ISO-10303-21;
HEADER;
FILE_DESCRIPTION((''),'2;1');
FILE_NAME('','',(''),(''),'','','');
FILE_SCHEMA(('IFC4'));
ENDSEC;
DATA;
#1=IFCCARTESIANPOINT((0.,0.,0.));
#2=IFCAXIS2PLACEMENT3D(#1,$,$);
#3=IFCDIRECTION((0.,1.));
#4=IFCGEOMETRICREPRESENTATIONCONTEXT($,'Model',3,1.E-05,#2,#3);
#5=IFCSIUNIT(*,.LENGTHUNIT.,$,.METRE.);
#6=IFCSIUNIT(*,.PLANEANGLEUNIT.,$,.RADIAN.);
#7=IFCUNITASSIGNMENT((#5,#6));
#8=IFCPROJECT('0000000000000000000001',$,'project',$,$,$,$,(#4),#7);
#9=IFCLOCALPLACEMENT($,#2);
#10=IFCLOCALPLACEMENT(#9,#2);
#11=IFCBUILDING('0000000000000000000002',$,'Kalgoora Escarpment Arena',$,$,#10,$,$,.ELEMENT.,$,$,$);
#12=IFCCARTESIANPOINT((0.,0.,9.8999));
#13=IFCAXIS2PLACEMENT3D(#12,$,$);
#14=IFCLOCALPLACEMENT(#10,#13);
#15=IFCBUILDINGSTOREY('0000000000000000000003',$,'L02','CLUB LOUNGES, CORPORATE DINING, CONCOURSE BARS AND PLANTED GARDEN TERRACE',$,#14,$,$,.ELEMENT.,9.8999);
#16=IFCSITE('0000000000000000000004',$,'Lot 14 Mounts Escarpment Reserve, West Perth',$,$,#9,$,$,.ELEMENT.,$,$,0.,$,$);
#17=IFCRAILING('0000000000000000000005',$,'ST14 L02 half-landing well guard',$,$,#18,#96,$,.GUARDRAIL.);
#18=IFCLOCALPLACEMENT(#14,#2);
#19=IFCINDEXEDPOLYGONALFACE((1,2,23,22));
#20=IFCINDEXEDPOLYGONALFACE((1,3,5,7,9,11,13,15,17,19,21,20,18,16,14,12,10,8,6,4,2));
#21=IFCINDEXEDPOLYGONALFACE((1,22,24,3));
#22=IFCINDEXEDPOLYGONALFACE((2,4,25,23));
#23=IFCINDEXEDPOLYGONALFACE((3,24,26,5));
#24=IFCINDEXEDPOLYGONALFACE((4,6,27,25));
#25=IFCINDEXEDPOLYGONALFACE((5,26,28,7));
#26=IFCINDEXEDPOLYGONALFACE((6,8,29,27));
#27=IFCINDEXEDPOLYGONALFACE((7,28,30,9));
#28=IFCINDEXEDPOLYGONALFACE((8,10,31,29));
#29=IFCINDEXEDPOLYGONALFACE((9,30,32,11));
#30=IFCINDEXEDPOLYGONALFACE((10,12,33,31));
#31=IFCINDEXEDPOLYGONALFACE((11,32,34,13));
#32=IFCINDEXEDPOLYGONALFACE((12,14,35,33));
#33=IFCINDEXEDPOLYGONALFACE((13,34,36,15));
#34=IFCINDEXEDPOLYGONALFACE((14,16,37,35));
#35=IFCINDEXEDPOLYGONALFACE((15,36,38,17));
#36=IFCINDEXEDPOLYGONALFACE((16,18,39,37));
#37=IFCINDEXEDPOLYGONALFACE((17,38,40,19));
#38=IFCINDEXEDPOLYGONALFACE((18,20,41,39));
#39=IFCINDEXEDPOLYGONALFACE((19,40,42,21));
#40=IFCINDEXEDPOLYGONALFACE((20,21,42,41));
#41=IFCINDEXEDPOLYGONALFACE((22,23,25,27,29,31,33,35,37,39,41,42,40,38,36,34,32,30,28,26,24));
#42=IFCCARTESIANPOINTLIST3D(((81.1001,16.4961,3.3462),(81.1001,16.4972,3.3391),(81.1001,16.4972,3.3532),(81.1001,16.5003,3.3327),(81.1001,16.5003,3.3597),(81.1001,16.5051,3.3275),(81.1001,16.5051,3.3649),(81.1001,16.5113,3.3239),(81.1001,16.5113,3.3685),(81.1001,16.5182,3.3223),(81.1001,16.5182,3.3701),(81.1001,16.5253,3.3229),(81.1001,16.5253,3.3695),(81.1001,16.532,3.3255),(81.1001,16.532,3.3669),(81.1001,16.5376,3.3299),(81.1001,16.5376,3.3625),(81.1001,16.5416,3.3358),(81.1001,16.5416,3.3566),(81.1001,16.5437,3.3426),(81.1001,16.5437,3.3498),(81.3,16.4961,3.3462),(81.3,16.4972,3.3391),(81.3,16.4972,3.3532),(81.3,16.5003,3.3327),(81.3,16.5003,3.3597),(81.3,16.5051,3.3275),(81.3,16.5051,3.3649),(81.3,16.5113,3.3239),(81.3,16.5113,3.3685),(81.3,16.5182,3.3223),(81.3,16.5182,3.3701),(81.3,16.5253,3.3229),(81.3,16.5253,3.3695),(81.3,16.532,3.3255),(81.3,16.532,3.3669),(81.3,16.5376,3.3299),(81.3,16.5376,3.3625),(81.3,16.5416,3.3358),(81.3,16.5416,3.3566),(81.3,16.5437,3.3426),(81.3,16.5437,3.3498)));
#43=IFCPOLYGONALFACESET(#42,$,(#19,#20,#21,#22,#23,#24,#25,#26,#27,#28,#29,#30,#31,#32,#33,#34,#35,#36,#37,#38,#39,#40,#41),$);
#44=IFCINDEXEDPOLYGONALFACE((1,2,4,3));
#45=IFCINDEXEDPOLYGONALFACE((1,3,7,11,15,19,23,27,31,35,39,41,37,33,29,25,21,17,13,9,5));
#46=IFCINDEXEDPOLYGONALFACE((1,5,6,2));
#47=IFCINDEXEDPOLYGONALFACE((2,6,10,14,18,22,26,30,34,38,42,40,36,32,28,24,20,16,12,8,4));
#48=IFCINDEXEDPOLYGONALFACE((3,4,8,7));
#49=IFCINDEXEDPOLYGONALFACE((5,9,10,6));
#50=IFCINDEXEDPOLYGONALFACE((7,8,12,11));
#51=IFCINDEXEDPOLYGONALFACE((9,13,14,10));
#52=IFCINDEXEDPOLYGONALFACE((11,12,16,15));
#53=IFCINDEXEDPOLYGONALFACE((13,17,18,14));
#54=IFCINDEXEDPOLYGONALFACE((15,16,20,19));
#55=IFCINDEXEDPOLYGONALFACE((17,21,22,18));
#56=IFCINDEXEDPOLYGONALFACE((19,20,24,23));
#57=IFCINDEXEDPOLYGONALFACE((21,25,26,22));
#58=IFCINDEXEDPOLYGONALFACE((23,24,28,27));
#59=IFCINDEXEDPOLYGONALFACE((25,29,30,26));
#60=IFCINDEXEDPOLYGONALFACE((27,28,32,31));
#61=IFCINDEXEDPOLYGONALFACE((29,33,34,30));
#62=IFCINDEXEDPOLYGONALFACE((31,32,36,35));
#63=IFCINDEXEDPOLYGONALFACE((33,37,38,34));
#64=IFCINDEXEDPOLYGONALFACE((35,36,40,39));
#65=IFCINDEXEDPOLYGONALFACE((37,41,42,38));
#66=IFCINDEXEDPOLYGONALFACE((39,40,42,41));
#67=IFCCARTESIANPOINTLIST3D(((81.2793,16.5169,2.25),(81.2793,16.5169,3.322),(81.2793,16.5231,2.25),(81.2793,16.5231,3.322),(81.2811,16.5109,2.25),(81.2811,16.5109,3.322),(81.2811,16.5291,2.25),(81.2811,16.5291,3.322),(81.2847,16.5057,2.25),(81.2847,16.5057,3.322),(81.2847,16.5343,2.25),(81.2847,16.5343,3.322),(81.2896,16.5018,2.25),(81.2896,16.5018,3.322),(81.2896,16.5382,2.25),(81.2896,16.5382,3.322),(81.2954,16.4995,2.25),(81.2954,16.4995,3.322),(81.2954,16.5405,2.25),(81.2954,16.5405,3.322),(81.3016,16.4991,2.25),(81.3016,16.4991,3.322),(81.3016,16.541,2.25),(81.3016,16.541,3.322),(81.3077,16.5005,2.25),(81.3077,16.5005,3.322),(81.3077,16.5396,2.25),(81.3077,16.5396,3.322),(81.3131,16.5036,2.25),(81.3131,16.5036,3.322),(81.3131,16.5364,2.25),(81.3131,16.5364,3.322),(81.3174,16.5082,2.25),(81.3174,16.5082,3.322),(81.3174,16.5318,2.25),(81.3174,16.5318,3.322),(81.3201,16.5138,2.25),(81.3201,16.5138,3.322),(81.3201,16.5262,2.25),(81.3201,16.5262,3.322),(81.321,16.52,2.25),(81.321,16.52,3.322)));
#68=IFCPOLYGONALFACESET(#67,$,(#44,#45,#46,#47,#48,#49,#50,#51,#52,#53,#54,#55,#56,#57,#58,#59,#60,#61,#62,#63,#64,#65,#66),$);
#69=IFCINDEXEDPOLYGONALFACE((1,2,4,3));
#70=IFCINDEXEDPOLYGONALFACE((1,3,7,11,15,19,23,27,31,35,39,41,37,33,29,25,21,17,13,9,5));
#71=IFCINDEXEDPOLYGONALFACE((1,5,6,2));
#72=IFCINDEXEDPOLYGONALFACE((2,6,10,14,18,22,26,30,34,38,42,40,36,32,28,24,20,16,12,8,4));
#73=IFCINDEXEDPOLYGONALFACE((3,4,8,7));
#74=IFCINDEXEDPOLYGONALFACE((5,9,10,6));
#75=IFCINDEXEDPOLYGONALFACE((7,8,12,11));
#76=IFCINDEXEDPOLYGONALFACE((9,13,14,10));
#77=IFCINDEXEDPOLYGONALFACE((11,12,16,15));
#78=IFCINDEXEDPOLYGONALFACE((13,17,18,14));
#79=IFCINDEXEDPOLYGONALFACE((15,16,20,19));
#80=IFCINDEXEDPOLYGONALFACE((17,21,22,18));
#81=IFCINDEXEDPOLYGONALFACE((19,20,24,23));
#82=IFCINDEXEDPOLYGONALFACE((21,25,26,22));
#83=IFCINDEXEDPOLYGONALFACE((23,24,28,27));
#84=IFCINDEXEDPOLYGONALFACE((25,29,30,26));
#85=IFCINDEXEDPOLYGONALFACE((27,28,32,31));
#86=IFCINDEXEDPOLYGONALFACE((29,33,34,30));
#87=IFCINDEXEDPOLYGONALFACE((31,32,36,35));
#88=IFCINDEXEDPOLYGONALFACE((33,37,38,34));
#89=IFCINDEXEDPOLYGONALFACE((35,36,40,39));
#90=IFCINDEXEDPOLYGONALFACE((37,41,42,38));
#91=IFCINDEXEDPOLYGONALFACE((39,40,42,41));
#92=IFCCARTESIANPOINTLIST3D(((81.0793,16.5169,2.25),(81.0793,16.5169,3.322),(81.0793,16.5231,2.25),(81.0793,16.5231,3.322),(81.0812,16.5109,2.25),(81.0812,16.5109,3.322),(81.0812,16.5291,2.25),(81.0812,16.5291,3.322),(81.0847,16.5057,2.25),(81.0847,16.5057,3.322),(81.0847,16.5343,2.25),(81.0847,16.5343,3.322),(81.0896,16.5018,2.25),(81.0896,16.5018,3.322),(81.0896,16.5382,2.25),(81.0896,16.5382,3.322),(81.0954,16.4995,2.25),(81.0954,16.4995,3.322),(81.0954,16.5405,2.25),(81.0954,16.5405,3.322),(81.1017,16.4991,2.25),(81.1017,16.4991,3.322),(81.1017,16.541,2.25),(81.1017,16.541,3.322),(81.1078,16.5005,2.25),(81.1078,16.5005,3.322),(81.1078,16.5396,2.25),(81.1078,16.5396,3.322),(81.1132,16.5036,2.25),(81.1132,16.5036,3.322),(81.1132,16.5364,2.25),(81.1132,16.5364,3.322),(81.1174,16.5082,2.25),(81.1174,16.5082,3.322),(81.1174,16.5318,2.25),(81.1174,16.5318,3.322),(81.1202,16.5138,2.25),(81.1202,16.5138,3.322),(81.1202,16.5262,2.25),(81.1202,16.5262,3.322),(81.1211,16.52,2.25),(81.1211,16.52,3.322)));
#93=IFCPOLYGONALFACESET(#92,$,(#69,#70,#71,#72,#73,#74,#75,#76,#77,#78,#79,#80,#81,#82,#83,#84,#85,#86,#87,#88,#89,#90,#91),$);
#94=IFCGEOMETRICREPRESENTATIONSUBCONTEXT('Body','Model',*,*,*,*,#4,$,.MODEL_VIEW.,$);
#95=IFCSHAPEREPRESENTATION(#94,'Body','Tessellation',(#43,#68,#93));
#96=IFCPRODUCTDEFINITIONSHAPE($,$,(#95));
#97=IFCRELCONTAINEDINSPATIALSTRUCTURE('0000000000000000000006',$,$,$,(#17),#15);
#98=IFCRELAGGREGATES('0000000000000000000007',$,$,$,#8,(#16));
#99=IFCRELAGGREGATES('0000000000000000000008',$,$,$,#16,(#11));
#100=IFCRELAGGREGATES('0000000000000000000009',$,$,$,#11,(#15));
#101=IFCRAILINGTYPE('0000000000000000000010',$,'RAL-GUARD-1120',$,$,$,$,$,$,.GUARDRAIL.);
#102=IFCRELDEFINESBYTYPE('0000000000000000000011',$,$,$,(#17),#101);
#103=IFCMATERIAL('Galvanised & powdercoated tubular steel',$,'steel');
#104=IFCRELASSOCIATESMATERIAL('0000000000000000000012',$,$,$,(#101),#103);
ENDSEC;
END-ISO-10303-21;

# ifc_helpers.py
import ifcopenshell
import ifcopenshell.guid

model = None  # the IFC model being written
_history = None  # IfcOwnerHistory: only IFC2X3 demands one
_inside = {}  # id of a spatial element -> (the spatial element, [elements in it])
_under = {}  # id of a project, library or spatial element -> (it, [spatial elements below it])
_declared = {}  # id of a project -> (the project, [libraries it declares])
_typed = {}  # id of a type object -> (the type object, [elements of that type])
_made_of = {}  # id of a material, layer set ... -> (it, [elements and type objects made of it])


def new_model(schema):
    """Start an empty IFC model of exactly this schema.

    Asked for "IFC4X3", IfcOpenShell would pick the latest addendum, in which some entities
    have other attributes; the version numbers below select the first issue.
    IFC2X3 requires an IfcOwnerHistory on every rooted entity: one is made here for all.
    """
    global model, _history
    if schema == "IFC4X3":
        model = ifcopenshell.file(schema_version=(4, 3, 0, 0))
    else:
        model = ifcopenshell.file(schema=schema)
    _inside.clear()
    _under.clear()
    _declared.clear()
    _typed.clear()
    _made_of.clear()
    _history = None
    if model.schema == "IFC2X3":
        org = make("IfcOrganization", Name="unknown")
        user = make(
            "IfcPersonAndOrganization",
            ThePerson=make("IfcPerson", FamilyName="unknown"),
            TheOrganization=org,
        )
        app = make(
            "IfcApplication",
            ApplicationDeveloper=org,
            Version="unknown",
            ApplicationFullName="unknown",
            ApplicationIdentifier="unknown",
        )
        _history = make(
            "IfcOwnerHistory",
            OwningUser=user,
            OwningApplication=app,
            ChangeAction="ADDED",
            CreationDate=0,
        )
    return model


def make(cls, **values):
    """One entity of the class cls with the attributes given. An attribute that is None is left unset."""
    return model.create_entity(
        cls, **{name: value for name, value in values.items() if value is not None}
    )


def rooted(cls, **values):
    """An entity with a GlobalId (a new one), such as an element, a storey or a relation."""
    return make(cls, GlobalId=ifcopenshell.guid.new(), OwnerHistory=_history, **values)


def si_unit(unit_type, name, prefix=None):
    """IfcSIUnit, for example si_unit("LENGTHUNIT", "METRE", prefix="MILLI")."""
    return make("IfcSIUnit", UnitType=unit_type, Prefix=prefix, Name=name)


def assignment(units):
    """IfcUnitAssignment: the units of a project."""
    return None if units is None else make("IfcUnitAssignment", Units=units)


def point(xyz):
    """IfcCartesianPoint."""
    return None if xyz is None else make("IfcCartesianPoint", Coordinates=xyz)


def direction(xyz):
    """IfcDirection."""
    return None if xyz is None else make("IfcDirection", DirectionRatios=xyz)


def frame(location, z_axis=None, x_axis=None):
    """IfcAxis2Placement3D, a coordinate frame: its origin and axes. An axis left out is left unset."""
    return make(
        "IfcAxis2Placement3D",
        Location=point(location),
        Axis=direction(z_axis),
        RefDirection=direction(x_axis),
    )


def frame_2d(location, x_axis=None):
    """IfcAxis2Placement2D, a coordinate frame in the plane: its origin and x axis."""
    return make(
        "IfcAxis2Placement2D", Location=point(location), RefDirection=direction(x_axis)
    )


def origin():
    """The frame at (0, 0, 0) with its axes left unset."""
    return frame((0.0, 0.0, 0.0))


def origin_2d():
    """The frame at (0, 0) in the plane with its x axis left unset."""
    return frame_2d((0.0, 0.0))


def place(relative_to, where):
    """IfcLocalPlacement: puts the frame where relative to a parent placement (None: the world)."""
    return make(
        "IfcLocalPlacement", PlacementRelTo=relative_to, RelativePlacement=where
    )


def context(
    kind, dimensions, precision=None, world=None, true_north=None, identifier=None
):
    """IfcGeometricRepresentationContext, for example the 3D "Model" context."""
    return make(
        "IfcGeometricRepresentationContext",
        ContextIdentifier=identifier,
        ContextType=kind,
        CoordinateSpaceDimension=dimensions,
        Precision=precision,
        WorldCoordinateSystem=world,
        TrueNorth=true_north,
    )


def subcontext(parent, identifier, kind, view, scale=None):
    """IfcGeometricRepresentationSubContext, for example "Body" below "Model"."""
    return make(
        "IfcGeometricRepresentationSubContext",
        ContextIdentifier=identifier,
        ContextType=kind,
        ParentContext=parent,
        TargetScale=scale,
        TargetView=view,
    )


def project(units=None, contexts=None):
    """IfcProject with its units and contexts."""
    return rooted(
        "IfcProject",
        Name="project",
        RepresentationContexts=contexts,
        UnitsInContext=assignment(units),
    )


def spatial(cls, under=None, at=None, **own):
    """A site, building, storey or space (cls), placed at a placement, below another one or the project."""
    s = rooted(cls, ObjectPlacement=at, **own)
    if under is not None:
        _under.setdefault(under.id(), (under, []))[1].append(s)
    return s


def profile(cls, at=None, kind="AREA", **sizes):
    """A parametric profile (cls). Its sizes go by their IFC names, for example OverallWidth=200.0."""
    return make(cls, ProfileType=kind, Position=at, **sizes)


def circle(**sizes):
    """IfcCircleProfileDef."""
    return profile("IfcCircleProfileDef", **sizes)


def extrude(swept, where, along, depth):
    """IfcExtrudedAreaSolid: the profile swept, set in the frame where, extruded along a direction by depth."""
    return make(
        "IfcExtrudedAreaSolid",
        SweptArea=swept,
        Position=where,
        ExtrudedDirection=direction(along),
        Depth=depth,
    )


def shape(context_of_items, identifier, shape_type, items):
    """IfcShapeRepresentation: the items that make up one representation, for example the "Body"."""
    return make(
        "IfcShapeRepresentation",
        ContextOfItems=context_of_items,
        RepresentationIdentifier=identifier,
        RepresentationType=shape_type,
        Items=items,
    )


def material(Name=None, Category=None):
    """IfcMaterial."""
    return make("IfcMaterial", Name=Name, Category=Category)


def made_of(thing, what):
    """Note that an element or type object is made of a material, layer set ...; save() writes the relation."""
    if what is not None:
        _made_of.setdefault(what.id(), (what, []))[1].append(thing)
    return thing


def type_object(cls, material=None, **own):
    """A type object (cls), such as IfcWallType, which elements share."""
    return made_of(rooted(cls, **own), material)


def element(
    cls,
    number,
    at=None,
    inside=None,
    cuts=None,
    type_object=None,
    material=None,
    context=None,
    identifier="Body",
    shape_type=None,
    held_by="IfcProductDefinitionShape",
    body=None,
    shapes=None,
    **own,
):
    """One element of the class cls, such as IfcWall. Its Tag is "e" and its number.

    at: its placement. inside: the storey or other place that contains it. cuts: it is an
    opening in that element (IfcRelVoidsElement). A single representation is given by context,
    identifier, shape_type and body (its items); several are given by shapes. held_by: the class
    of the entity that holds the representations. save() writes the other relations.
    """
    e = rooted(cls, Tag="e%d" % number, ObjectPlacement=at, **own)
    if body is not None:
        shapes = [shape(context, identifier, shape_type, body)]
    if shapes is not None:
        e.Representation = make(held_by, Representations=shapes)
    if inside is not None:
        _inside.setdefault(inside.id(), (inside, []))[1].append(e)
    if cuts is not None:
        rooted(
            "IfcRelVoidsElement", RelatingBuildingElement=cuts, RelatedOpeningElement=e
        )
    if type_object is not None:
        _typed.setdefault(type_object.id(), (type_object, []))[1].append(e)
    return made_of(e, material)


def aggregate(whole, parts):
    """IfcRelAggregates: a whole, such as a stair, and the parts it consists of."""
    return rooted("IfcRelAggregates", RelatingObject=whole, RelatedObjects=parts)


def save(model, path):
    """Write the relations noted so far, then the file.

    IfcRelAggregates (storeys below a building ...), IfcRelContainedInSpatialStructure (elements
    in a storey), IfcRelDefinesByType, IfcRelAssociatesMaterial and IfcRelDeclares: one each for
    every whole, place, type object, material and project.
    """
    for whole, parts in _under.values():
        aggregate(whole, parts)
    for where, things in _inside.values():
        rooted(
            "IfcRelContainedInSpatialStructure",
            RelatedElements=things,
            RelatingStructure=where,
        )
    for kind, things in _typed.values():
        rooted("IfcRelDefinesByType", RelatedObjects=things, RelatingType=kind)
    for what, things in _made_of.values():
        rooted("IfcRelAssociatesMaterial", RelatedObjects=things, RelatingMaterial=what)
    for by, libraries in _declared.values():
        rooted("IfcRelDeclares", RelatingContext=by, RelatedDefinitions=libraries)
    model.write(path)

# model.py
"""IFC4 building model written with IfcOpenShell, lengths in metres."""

from ifc_helpers import new_model, si_unit, direction, frame, origin, origin_2d, place, context, subcontext, project, spatial, circle, extrude, material, type_object, element, save


model = new_model("IFC4")

# Units and contexts
model_context = context("Model", 3, precision=1e-05, world=origin(), true_north=direction((0.0, 1.0)))
body_context = subcontext(model_context, "Body", "Model", "MODEL_VIEW")
ifc_project = project(units=[si_unit("LENGTHUNIT", "METRE"), si_unit("PLANEANGLEUNIT", "RADIAN")], contexts=[model_context])

# Site, building, storey
site_placement = place(None, origin())
site = spatial("IfcSite", under=ifc_project, at=site_placement, Name="Lot 14 Mounts Escarpment Reserve, West Perth", CompositionType="ELEMENT", RefElevation=0.0)
building_placement = place(site_placement, origin())
building = spatial("IfcBuilding", under=site, at=building_placement, Name="Kalgoora Escarpment Arena", CompositionType="ELEMENT")
storey_placement = place(building_placement, frame((0.0, 0.0, 9.8999)))
storey = spatial("IfcBuildingStorey", under=building, at=storey_placement, Name="L02", Description="CLUB LOUNGES, CORPORATE DINING, CONCOURSE BARS AND PLANTED GARDEN TERRACE", CompositionType="ELEMENT", Elevation=9.8999)

# Railing
ifc_material_1 = material(Name="Galvanised & powdercoated tubular steel", Category="steel")
railing_type_1 = type_object("IfcRailingType", Name="RAL-GUARD-1120", PredefinedType="GUARDRAIL", material=ifc_material_1)
railing_placement = place(storey_placement, frame((81.3, 16.52, 2.25)))
element("IfcRailing", 1, at=railing_placement, inside=storey, type_object=railing_type_1, Name="ST14 L02 half-landing well guard", PredefinedType="GUARDRAIL", context=body_context, shape_type="SweptSolid", body=[
    extrude(circle(Radius=0.0239, at=origin_2d()), frame((0.0, 0.0, 1.0962), z_axis=(-1.0, 0.0, 0.0), x_axis=(0.0, -1.0, 0.0)), (0.0, 0.0, 1.0), 0.2),
    extrude(circle(Radius=0.021, at=origin_2d()), origin(), (0.0, 0.0, 1.0), 1.072),
    extrude(circle(Radius=0.021, at=origin_2d()), frame((-0.2, 0.0, 0.0)), (0.0, 0.0, 1.0), 1.072),
])

save(model, "model.ifc")
